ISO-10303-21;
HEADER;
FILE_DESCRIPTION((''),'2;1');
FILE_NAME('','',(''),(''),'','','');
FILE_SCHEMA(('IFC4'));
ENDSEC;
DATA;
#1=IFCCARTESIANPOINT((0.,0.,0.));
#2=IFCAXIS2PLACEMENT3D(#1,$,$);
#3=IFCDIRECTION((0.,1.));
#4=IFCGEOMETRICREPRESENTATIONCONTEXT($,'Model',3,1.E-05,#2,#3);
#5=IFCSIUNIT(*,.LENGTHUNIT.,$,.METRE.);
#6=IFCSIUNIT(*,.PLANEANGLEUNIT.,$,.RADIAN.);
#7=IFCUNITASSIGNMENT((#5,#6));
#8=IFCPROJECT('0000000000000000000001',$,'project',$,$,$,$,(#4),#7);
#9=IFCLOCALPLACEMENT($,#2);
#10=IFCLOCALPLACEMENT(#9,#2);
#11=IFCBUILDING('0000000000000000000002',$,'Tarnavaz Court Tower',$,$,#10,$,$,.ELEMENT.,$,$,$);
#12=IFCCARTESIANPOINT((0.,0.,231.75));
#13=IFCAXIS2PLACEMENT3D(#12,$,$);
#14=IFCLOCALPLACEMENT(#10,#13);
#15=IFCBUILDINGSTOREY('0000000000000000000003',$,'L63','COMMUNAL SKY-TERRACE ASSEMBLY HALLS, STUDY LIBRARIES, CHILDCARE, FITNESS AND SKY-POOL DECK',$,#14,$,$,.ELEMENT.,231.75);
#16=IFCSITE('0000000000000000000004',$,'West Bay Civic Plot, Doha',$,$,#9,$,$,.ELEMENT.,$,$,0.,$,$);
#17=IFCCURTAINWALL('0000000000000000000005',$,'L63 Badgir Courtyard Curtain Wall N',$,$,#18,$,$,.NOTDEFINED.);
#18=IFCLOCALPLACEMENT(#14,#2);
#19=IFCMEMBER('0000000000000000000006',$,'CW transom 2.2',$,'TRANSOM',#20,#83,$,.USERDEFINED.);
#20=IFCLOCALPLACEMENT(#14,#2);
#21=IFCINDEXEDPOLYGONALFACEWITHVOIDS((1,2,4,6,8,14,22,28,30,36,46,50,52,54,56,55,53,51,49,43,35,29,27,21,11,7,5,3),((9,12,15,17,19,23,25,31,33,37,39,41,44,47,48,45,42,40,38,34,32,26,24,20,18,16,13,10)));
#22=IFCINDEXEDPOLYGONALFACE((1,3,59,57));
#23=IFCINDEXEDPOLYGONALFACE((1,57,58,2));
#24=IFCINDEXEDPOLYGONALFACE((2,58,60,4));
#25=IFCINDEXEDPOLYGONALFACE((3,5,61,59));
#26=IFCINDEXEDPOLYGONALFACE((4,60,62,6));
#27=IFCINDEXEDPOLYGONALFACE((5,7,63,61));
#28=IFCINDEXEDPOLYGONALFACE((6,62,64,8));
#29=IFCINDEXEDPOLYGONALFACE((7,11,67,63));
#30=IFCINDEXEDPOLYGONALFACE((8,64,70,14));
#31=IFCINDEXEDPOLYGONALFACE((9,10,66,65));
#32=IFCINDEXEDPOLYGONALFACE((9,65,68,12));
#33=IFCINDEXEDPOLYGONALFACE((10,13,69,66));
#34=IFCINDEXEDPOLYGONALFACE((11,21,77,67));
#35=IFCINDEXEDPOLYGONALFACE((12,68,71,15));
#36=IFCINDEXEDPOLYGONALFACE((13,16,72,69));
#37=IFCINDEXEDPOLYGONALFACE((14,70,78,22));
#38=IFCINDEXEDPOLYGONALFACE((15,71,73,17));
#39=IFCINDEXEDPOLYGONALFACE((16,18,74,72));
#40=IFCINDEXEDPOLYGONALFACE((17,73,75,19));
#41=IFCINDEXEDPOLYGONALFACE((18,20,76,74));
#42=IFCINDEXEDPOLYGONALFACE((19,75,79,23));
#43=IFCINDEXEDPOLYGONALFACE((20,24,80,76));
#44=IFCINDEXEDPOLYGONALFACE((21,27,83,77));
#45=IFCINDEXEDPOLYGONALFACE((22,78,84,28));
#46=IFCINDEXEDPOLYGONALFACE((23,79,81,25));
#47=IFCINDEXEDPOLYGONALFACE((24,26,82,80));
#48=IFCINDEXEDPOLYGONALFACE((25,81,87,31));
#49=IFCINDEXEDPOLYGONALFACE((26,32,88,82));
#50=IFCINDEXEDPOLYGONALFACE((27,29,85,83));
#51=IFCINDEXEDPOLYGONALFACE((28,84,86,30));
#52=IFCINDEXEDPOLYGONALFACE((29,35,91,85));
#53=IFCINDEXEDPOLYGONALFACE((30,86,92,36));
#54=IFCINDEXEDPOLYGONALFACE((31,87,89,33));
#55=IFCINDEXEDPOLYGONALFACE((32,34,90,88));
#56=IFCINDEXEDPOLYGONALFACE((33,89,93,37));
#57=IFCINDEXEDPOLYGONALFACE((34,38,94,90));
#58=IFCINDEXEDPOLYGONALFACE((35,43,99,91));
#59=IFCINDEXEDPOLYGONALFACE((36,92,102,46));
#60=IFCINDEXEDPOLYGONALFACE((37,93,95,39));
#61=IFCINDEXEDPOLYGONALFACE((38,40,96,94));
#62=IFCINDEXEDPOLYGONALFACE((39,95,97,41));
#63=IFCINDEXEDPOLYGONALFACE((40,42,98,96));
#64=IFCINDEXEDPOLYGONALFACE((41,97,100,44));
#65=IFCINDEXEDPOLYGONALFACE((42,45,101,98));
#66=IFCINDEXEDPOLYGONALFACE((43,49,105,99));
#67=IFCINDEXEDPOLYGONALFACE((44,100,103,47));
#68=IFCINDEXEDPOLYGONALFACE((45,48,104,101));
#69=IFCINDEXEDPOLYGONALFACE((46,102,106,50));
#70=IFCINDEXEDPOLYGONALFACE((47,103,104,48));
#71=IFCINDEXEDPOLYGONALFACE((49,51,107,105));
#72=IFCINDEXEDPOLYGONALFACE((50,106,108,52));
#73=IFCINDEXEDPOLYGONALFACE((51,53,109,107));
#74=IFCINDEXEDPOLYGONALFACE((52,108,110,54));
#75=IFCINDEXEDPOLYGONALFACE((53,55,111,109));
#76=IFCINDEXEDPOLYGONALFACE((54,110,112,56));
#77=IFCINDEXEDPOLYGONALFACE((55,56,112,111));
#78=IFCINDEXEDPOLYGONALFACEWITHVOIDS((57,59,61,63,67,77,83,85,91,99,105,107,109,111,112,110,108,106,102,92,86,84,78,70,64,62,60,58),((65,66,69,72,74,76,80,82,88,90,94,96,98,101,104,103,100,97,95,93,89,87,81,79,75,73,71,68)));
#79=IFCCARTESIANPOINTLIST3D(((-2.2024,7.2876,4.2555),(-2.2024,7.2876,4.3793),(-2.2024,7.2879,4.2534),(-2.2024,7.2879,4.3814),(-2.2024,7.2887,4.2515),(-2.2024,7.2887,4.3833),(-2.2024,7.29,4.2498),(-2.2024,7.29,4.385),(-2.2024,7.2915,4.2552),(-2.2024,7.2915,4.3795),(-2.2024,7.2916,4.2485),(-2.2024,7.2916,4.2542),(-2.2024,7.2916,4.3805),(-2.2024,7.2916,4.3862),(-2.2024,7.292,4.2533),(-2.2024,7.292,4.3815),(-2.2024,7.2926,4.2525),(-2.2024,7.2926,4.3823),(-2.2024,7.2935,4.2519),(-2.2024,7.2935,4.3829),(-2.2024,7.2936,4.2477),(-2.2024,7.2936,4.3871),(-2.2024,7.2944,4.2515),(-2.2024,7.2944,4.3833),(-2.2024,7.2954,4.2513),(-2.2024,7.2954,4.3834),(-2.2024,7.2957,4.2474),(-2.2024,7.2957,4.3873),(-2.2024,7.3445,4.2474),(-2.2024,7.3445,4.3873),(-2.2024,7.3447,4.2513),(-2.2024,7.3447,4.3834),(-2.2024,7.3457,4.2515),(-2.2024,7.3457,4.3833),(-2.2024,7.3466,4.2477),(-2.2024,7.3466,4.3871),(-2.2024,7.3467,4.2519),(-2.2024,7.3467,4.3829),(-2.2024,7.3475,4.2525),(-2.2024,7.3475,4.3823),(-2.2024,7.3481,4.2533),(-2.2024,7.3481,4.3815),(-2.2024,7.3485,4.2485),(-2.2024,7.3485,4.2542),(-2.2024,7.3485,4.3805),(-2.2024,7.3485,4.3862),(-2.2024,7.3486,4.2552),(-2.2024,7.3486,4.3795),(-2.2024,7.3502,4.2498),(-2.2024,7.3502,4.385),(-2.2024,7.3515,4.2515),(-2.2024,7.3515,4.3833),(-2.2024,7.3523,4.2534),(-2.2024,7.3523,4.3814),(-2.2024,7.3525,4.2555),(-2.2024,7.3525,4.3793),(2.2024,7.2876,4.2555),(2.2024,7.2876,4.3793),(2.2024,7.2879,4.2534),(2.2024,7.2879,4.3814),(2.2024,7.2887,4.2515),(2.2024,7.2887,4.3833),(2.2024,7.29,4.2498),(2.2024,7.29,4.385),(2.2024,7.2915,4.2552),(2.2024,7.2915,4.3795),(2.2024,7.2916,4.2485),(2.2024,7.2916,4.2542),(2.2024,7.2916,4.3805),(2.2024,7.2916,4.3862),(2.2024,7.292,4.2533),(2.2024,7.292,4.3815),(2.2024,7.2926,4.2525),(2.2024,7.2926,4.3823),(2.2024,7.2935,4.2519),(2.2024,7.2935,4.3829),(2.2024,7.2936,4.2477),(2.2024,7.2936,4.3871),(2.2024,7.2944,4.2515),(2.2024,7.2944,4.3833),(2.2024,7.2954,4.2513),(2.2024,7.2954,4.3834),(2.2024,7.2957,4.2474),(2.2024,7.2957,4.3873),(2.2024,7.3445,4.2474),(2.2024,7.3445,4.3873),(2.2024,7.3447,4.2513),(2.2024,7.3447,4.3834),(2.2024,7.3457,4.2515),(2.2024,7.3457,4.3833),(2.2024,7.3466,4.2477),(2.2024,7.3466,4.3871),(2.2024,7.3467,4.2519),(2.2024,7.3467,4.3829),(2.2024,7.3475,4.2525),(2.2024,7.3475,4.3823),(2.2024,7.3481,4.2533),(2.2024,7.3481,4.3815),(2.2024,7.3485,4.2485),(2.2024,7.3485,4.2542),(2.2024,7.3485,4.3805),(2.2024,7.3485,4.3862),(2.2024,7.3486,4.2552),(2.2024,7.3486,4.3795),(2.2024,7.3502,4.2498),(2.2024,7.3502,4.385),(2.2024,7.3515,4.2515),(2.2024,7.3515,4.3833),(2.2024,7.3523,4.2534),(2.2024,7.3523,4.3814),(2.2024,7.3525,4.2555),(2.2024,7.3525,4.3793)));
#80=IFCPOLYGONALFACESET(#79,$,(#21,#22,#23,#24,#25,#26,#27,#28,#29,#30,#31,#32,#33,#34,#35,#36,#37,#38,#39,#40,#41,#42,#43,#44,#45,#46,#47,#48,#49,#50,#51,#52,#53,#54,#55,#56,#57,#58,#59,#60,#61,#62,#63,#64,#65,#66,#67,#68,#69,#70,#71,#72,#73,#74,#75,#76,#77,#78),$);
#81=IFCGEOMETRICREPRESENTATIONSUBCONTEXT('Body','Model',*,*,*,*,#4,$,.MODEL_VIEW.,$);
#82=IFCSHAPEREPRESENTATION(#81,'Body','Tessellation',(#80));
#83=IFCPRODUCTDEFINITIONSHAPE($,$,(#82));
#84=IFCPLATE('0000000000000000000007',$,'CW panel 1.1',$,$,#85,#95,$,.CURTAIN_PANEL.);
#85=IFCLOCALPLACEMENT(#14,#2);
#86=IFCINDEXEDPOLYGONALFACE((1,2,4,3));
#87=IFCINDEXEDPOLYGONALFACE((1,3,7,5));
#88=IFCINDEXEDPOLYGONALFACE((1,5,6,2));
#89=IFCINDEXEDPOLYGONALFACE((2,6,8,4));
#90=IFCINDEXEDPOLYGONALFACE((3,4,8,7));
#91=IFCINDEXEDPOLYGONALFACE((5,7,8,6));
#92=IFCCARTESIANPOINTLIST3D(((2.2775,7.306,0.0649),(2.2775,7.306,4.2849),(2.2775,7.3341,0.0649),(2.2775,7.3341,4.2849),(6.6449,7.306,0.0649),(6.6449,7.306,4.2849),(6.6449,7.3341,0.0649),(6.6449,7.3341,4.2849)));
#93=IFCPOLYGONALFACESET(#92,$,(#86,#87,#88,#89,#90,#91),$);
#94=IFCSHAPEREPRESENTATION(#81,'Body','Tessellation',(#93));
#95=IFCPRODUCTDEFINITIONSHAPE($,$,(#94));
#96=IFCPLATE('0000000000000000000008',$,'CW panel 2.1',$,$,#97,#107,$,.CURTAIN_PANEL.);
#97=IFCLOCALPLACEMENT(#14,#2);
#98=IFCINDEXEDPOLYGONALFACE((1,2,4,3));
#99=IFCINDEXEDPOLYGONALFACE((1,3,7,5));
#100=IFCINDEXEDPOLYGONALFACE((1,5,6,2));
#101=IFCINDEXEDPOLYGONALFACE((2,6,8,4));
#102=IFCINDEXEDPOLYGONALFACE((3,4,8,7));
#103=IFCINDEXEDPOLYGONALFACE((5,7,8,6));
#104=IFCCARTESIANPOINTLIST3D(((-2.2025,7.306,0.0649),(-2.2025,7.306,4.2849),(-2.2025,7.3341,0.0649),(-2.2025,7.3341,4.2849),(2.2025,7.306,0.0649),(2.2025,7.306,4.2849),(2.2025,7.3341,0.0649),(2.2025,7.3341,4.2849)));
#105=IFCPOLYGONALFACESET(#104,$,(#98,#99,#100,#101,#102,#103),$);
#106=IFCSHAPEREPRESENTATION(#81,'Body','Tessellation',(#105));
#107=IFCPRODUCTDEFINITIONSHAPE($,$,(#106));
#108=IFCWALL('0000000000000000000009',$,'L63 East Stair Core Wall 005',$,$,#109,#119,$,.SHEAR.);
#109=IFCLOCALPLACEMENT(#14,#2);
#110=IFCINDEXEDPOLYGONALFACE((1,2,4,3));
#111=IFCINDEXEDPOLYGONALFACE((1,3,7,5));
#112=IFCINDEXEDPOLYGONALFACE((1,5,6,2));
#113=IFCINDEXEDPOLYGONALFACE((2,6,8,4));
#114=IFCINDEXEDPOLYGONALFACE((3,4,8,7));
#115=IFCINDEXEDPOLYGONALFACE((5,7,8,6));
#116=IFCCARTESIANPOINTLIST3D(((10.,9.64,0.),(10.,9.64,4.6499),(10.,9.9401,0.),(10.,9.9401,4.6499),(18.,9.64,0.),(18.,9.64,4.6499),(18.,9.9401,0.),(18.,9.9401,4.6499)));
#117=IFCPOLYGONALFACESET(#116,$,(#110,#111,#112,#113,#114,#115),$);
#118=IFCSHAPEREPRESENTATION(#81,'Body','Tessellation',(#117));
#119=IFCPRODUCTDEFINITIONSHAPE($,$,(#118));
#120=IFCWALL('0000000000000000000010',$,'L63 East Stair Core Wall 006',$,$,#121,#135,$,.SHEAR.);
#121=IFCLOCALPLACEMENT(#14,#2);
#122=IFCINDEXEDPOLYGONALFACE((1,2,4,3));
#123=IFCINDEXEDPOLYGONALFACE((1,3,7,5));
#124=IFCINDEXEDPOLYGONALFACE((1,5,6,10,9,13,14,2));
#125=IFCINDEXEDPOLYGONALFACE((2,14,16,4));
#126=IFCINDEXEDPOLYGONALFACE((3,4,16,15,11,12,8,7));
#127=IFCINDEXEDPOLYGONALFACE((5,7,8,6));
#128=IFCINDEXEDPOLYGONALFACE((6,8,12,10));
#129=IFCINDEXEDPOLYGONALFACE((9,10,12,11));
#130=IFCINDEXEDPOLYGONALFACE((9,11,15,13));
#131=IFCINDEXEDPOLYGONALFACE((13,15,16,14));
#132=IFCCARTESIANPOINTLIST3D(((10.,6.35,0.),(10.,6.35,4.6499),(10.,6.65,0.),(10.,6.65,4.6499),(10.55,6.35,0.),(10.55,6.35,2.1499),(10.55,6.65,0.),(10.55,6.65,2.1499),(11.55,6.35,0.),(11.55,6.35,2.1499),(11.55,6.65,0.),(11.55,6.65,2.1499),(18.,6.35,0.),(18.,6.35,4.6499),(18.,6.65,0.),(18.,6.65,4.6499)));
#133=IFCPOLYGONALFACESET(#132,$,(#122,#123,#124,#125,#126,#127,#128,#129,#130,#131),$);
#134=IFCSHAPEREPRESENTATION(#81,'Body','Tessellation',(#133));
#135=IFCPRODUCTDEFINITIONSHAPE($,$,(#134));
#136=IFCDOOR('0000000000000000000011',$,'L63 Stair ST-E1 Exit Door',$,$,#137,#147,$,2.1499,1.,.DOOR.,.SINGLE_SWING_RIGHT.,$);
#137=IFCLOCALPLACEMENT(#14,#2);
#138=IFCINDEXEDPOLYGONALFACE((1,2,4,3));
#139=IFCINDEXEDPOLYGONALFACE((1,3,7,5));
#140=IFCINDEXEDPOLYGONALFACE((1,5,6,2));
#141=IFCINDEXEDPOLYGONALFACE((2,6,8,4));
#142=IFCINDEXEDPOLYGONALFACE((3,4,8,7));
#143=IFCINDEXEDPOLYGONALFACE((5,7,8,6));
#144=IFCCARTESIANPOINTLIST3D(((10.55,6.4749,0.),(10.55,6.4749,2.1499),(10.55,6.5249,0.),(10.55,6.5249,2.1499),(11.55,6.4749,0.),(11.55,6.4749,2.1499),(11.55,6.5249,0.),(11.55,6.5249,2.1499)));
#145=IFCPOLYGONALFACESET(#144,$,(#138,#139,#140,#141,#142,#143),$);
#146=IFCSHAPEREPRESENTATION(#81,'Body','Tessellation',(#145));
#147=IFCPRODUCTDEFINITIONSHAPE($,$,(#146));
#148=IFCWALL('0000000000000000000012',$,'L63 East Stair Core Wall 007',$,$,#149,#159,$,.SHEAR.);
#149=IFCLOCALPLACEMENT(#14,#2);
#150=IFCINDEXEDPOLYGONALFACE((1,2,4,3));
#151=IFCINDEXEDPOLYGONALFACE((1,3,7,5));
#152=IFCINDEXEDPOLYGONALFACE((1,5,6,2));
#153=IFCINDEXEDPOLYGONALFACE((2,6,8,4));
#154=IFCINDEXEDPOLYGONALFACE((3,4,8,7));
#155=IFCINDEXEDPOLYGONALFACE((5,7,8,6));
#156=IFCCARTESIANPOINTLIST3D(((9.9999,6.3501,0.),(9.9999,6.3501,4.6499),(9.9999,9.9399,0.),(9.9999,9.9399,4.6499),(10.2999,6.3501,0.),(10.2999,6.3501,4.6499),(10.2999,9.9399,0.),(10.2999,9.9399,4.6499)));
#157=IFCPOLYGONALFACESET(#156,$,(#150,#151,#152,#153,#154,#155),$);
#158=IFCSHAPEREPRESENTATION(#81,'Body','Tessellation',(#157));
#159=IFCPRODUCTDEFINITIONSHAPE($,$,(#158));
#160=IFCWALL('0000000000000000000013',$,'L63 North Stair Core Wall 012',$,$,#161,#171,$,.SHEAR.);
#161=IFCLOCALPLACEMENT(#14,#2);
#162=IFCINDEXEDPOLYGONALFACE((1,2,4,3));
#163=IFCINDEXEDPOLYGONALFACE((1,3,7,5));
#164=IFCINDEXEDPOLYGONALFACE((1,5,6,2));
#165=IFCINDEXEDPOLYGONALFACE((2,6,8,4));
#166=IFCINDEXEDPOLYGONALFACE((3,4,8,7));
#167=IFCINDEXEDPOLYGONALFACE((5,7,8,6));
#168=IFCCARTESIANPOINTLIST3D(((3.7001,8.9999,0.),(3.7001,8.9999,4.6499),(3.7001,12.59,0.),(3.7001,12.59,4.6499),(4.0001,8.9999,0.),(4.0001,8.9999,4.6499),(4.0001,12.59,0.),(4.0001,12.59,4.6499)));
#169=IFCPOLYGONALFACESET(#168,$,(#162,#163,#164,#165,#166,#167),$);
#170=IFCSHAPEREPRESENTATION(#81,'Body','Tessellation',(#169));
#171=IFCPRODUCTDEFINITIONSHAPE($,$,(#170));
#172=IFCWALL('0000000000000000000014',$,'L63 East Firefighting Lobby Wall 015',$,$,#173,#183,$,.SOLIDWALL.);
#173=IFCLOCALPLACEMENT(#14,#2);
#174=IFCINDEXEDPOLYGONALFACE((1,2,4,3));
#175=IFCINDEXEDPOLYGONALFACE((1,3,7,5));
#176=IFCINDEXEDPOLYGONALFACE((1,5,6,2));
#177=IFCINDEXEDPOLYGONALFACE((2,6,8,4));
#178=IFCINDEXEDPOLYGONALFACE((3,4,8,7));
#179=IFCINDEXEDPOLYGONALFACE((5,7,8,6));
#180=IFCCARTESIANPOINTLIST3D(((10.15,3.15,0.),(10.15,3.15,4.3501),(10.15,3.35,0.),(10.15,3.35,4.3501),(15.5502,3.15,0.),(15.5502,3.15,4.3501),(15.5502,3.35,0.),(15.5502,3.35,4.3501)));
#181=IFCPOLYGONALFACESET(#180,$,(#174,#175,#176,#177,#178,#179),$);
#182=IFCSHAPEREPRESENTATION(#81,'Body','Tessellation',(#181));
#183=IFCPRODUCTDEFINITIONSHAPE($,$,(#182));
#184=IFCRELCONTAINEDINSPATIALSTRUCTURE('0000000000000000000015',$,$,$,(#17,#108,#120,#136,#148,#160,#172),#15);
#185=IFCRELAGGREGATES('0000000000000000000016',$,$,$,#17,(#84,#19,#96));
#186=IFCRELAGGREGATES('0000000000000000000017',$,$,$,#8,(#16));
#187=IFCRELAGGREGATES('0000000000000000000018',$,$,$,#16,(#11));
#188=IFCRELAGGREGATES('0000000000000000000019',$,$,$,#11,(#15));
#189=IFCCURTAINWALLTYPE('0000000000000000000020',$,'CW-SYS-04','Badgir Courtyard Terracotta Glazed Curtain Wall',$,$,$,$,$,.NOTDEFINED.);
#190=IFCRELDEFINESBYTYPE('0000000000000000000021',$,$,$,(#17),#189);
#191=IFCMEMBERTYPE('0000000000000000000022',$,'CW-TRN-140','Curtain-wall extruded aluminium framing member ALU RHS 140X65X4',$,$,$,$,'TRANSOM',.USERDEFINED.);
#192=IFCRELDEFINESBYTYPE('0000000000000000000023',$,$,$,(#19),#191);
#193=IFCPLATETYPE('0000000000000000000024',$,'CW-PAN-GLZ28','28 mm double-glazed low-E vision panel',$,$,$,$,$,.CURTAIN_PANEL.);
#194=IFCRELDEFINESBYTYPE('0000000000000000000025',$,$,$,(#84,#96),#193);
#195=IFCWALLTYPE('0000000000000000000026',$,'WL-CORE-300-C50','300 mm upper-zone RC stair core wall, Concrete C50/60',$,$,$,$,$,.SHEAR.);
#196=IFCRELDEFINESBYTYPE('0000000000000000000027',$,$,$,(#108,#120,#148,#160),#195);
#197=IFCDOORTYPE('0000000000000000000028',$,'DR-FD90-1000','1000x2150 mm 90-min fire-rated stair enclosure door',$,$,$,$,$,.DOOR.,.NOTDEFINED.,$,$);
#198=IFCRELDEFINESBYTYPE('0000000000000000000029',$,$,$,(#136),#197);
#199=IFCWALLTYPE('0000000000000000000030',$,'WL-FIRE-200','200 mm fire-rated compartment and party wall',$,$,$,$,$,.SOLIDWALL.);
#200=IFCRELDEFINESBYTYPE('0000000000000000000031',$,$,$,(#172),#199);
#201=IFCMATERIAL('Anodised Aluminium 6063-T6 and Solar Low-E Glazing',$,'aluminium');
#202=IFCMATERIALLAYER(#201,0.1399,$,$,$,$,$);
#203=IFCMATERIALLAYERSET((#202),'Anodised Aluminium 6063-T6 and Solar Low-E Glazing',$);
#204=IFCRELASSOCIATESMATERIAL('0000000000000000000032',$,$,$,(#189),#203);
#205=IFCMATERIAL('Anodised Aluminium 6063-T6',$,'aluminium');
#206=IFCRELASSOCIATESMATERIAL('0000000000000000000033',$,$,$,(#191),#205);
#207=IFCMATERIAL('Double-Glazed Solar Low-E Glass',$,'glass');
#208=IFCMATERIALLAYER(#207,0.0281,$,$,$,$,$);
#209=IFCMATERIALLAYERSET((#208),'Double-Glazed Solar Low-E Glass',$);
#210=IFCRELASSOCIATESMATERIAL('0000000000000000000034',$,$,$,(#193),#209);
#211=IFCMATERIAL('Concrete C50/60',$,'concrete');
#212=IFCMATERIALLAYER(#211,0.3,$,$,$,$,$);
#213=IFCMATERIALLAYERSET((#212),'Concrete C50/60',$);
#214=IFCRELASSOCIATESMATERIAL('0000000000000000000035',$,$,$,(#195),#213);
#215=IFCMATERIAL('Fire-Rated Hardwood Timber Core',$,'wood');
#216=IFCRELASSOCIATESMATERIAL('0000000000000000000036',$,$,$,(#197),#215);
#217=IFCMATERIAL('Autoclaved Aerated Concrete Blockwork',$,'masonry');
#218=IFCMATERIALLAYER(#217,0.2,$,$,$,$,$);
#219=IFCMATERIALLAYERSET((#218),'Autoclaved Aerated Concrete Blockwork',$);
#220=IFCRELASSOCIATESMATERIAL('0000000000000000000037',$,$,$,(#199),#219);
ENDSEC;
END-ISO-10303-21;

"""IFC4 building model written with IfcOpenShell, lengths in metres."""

from ifc_helpers import new_model, si_unit, direction, frame, frame_2d, origin, origin_2d, place, context, subcontext, project, spatial, rectangle, hollow_rectangle, extrude, material, layer, layer_set, material_profile, profile_set, type_object, element, fill, aggregate, save


model = new_model("IFC4")

# Units and contexts
model_context = context("Model", 3, precision=1e-05, world=origin(), true_north=direction((0.0, 1.0)))
body_context = subcontext(model_context, "Body", "Model", "MODEL_VIEW")
ifc_project = project(units=[si_unit("LENGTHUNIT", "METRE"), si_unit("PLANEANGLEUNIT", "RADIAN")], contexts=[model_context])

# Site, building, storey
site_placement = place(None, origin())
site = spatial("IfcSite", under=ifc_project, at=site_placement, Name="West Bay Civic Plot, Doha", CompositionType="ELEMENT", RefElevation=0.0)
building_placement = place(site_placement, origin())
building = spatial("IfcBuilding", under=site, at=building_placement, Name="Tarnavaz Court Tower", CompositionType="ELEMENT")
storey_placement = place(building_placement, frame((0.0, 0.0, 231.75)))
storey = spatial("IfcBuildingStorey", under=building, at=storey_placement, Name="L63", Description="COMMUNAL SKY-TERRACE ASSEMBLY HALLS, STUDY LIBRARIES, CHILDCARE, FITNESS AND SKY-POOL DECK", CompositionType="ELEMENT", Elevation=231.75)

# Shared definitions
ifc_material_1 = material(Name="Concrete C50/60", Category="concrete")

# Curtain wall, member, plates
ifc_material_2 = material(Name="Anodised Aluminium 6063-T6 and Solar Low-E Glazing", Category="aluminium")
ifc_layer_1 = layer(ifc_material_2, 0.1399)
ifc_layer_set_1 = layer_set([ifc_layer_1], Name="Anodised Aluminium 6063-T6 and Solar Low-E Glazing")
curtain_wall_type = type_object("IfcCurtainWallType", Name="CW-SYS-04", Description="Badgir Courtyard Terracotta Glazed Curtain Wall", PredefinedType="NOTDEFINED", material=ifc_layer_set_1)
curtain_wall_placement = place(storey_placement, origin())
curtain_wall = element("IfcCurtainWall", 1, at=curtain_wall_placement, inside=storey, type_object=curtain_wall_type, Name="L63 Badgir Courtyard Curtain Wall N", PredefinedType="NOTDEFINED")
ifc_material_3 = material(Name="Anodised Aluminium 6063-T6", Category="aluminium")
ifc_material_profile_1 = material_profile(ifc_material_3, hollow_rectangle(XDim=0.0649, YDim=0.1399, WallThickness=0.0039, InnerFilletRadius=0.0039, OuterFilletRadius=0.0081, at=origin_2d()), Name="ALU RHS 140X65X4")
ifc_profile_set_1 = profile_set([ifc_material_profile_1], Name="Anodised Aluminium 6063-T6")
member_type_1 = type_object("IfcMemberType", Name="CW-TRN-140", Description="Curtain-wall extruded aluminium framing member ALU RHS 140X65X4", ElementType="TRANSOM", PredefinedType="USERDEFINED", material=ifc_profile_set_1)
member_1_placement = place(storey_placement, frame((2.2024, 7.3201, 4.3174), z_axis=(-1.0, 0.0, 0.0), x_axis=(0.0, -1.0, 0.0)))
member_1 = element("IfcMember", 2, at=member_1_placement, type_object=member_type_1, Name="CW transom 2.2", ObjectType="TRANSOM", PredefinedType="USERDEFINED", context=body_context, shape_type="SweptSolid", body=[
    extrude(hollow_rectangle(XDim=0.0649, YDim=0.1399, WallThickness=0.0039, InnerFilletRadius=0.0039, OuterFilletRadius=0.0081, at=origin_2d()), origin(), (0.0, 0.0, 1.0), 4.4048),
])
ifc_material_4 = material(Name="Double-Glazed Solar Low-E Glass", Category="glass")
ifc_layer_2 = layer(ifc_material_4, 0.0281)
ifc_layer_set_2 = layer_set([ifc_layer_2], Name="Double-Glazed Solar Low-E Glass")
plate_type = type_object("IfcPlateType", Name="CW-PAN-GLZ28", Description="28 mm double-glazed low-E vision panel", PredefinedType="CURTAIN_PANEL", material=ifc_layer_set_2)
plate_1_placement = place(storey_placement, frame((4.4612, 7.3201, 0.0649), z_axis=(0.0, 0.0, 1.0), x_axis=(-1.0, 0.0, 0.0)))
plate_1 = element("IfcPlate", 3, at=plate_1_placement, type_object=plate_type, Name="CW panel 1.1", PredefinedType="CURTAIN_PANEL", context=body_context, shape_type="SweptSolid", body=[
    extrude(rectangle(XDim=4.3674, YDim=0.0281, at=origin_2d()), origin(), (0.0, 0.0, 1.0), 4.22),
])
plate_2_placement = place(storey_placement, frame((0.0, 7.3201, 0.0649), z_axis=(0.0, 0.0, 1.0), x_axis=(-1.0, 0.0, 0.0)))
plate_2 = element("IfcPlate", 4, at=plate_2_placement, type_object=plate_type, Name="CW panel 2.1", PredefinedType="CURTAIN_PANEL", context=body_context, shape_type="SweptSolid", body=[
    extrude(rectangle(XDim=4.405, YDim=0.0281, at=origin_2d()), origin(), (0.0, 0.0, 1.0), 4.22),
])
aggregate(curtain_wall, [plate_1, member_1, plate_2])

# Wall
ifc_layer_3 = layer(ifc_material_1, 0.3)
ifc_layer_set_3 = layer_set([ifc_layer_3], Name="Concrete C50/60")
wall_type_1 = type_object("IfcWallType", Name="WL-CORE-300-C50", Description="300 mm upper-zone RC stair core wall, Concrete C50/60", PredefinedType="SHEAR", material=ifc_layer_set_3)
wall_1_placement = place(storey_placement, frame((10.0, 9.79, 0.0), z_axis=(0.0, 0.0, 1.0), x_axis=(1.0, 0.0, 0.0)))
element("IfcWall", 5, at=wall_1_placement, inside=storey, type_object=wall_type_1, Name="L63 East Stair Core Wall 005", PredefinedType="SHEAR", context=body_context, shape_type="SweptSolid", body=[
    extrude(rectangle(XDim=8.0, YDim=0.3, at=frame_2d((4.0, 0.0))), origin(), (0.0, 0.0, 1.0), 4.6499),
])

# Wall, opening, door
wall_2_placement = place(storey_placement, frame((10.0, 6.5, 0.0), z_axis=(0.0, 0.0, 1.0), x_axis=(1.0, 0.0, 0.0)))
wall_2 = element("IfcWall", 6, at=wall_2_placement, inside=storey, type_object=wall_type_1, Name="L63 East Stair Core Wall 006", PredefinedType="SHEAR", context=body_context, shape_type="SweptSolid", body=[
    extrude(rectangle(XDim=8.0, YDim=0.3, at=frame_2d((4.0, 0.0))), origin(), (0.0, 0.0, 1.0), 4.6499),
])
opening_1_placement = place(wall_2_placement, frame((0.55, 0.0, 0.0)))
opening_1 = element("IfcOpeningElement", 7, at=opening_1_placement, cuts=wall_2, PredefinedType="OPENING", context=body_context, shape_type="SweptSolid", body=[
    extrude(rectangle(XDim=1.0, YDim=2.1499, at=frame_2d((0.5, 1.075))), frame((0.0, 0.1599, 0.0), z_axis=(0.0, -1.0, 0.0), x_axis=(1.0, 0.0, 0.0)), (0.0, 0.0, 1.0), 0.3201),
])
ifc_material_5 = material(Name="Fire-Rated Hardwood Timber Core", Category="wood")
door_type_1 = type_object("IfcDoorType", Name="DR-FD90-1000", Description="1000x2150 mm 90-min fire-rated stair enclosure door", OperationType="NOTDEFINED", PredefinedType="DOOR", material=ifc_material_5)
door_1_placement = place(opening_1_placement, origin())
door_1 = element("IfcDoor", 8, at=door_1_placement, inside=storey, type_object=door_type_1, Name="L63 Stair ST-E1 Exit Door", OperationType="SINGLE_SWING_RIGHT", OverallHeight=2.1499, OverallWidth=1.0, PredefinedType="DOOR", context=body_context, shape_type="SweptSolid", body=[
    extrude(rectangle(XDim=1.0, YDim=2.1499, at=frame_2d((0.5, 1.075))), frame((0.0, 0.0249, 0.0), z_axis=(0.0, -1.0, 0.0), x_axis=(1.0, 0.0, 0.0)), (0.0, 0.0, 1.0), 0.05),
])
fill(opening_1, door_1)

# Walls
wall_3_placement = place(storey_placement, frame((10.1499, 6.3501, 0.0), z_axis=(0.0, 0.0, 1.0), x_axis=(0.0, 1.0, 0.0)))
element("IfcWall", 9, at=wall_3_placement, inside=storey, type_object=wall_type_1, Name="L63 East Stair Core Wall 007", PredefinedType="SHEAR", context=body_context, shape_type="SweptSolid", body=[
    extrude(rectangle(XDim=3.5898, YDim=0.3, at=frame_2d((1.7949, 0.0))), origin(), (0.0, 0.0, 1.0), 4.6499),
])
wall_4_placement = place(storey_placement, frame((3.8501, 9.0, 0.0), z_axis=(0.0, 0.0, 1.0), x_axis=(0.0, 1.0, 0.0)))
element("IfcWall", 10, at=wall_4_placement, inside=storey, type_object=wall_type_1, Name="L63 North Stair Core Wall 012", PredefinedType="SHEAR", context=body_context, shape_type="SweptSolid", body=[
    extrude(rectangle(XDim=3.5901, YDim=0.3, at=frame_2d((1.7949, 0.0))), origin(), (0.0, 0.0, 1.0), 4.6499),
])
ifc_material_6 = material(Name="Autoclaved Aerated Concrete Blockwork", Category="masonry")
ifc_layer_4 = layer(ifc_material_6, 0.2)
ifc_layer_set_4 = layer_set([ifc_layer_4], Name="Autoclaved Aerated Concrete Blockwork")
wall_type_2 = type_object("IfcWallType", Name="WL-FIRE-200", Description="200 mm fire-rated compartment and party wall", PredefinedType="SOLIDWALL", material=ifc_layer_set_4)
wall_5_placement = place(storey_placement, frame((10.1499, 3.25, 0.0), z_axis=(0.0, 0.0, 1.0), x_axis=(1.0, 0.0, 0.0)))
element("IfcWall", 11, at=wall_5_placement, inside=storey, type_object=wall_type_2, Name="L63 East Firefighting Lobby Wall 015", PredefinedType="SOLIDWALL", context=body_context, shape_type="SweptSolid", body=[
    extrude(rectangle(XDim=5.4001, YDim=0.2, at=frame_2d((2.7002, 0.0))), origin(), (0.0, 0.0, 1.0), 4.3501),
])

save(model, "model.ifc")
